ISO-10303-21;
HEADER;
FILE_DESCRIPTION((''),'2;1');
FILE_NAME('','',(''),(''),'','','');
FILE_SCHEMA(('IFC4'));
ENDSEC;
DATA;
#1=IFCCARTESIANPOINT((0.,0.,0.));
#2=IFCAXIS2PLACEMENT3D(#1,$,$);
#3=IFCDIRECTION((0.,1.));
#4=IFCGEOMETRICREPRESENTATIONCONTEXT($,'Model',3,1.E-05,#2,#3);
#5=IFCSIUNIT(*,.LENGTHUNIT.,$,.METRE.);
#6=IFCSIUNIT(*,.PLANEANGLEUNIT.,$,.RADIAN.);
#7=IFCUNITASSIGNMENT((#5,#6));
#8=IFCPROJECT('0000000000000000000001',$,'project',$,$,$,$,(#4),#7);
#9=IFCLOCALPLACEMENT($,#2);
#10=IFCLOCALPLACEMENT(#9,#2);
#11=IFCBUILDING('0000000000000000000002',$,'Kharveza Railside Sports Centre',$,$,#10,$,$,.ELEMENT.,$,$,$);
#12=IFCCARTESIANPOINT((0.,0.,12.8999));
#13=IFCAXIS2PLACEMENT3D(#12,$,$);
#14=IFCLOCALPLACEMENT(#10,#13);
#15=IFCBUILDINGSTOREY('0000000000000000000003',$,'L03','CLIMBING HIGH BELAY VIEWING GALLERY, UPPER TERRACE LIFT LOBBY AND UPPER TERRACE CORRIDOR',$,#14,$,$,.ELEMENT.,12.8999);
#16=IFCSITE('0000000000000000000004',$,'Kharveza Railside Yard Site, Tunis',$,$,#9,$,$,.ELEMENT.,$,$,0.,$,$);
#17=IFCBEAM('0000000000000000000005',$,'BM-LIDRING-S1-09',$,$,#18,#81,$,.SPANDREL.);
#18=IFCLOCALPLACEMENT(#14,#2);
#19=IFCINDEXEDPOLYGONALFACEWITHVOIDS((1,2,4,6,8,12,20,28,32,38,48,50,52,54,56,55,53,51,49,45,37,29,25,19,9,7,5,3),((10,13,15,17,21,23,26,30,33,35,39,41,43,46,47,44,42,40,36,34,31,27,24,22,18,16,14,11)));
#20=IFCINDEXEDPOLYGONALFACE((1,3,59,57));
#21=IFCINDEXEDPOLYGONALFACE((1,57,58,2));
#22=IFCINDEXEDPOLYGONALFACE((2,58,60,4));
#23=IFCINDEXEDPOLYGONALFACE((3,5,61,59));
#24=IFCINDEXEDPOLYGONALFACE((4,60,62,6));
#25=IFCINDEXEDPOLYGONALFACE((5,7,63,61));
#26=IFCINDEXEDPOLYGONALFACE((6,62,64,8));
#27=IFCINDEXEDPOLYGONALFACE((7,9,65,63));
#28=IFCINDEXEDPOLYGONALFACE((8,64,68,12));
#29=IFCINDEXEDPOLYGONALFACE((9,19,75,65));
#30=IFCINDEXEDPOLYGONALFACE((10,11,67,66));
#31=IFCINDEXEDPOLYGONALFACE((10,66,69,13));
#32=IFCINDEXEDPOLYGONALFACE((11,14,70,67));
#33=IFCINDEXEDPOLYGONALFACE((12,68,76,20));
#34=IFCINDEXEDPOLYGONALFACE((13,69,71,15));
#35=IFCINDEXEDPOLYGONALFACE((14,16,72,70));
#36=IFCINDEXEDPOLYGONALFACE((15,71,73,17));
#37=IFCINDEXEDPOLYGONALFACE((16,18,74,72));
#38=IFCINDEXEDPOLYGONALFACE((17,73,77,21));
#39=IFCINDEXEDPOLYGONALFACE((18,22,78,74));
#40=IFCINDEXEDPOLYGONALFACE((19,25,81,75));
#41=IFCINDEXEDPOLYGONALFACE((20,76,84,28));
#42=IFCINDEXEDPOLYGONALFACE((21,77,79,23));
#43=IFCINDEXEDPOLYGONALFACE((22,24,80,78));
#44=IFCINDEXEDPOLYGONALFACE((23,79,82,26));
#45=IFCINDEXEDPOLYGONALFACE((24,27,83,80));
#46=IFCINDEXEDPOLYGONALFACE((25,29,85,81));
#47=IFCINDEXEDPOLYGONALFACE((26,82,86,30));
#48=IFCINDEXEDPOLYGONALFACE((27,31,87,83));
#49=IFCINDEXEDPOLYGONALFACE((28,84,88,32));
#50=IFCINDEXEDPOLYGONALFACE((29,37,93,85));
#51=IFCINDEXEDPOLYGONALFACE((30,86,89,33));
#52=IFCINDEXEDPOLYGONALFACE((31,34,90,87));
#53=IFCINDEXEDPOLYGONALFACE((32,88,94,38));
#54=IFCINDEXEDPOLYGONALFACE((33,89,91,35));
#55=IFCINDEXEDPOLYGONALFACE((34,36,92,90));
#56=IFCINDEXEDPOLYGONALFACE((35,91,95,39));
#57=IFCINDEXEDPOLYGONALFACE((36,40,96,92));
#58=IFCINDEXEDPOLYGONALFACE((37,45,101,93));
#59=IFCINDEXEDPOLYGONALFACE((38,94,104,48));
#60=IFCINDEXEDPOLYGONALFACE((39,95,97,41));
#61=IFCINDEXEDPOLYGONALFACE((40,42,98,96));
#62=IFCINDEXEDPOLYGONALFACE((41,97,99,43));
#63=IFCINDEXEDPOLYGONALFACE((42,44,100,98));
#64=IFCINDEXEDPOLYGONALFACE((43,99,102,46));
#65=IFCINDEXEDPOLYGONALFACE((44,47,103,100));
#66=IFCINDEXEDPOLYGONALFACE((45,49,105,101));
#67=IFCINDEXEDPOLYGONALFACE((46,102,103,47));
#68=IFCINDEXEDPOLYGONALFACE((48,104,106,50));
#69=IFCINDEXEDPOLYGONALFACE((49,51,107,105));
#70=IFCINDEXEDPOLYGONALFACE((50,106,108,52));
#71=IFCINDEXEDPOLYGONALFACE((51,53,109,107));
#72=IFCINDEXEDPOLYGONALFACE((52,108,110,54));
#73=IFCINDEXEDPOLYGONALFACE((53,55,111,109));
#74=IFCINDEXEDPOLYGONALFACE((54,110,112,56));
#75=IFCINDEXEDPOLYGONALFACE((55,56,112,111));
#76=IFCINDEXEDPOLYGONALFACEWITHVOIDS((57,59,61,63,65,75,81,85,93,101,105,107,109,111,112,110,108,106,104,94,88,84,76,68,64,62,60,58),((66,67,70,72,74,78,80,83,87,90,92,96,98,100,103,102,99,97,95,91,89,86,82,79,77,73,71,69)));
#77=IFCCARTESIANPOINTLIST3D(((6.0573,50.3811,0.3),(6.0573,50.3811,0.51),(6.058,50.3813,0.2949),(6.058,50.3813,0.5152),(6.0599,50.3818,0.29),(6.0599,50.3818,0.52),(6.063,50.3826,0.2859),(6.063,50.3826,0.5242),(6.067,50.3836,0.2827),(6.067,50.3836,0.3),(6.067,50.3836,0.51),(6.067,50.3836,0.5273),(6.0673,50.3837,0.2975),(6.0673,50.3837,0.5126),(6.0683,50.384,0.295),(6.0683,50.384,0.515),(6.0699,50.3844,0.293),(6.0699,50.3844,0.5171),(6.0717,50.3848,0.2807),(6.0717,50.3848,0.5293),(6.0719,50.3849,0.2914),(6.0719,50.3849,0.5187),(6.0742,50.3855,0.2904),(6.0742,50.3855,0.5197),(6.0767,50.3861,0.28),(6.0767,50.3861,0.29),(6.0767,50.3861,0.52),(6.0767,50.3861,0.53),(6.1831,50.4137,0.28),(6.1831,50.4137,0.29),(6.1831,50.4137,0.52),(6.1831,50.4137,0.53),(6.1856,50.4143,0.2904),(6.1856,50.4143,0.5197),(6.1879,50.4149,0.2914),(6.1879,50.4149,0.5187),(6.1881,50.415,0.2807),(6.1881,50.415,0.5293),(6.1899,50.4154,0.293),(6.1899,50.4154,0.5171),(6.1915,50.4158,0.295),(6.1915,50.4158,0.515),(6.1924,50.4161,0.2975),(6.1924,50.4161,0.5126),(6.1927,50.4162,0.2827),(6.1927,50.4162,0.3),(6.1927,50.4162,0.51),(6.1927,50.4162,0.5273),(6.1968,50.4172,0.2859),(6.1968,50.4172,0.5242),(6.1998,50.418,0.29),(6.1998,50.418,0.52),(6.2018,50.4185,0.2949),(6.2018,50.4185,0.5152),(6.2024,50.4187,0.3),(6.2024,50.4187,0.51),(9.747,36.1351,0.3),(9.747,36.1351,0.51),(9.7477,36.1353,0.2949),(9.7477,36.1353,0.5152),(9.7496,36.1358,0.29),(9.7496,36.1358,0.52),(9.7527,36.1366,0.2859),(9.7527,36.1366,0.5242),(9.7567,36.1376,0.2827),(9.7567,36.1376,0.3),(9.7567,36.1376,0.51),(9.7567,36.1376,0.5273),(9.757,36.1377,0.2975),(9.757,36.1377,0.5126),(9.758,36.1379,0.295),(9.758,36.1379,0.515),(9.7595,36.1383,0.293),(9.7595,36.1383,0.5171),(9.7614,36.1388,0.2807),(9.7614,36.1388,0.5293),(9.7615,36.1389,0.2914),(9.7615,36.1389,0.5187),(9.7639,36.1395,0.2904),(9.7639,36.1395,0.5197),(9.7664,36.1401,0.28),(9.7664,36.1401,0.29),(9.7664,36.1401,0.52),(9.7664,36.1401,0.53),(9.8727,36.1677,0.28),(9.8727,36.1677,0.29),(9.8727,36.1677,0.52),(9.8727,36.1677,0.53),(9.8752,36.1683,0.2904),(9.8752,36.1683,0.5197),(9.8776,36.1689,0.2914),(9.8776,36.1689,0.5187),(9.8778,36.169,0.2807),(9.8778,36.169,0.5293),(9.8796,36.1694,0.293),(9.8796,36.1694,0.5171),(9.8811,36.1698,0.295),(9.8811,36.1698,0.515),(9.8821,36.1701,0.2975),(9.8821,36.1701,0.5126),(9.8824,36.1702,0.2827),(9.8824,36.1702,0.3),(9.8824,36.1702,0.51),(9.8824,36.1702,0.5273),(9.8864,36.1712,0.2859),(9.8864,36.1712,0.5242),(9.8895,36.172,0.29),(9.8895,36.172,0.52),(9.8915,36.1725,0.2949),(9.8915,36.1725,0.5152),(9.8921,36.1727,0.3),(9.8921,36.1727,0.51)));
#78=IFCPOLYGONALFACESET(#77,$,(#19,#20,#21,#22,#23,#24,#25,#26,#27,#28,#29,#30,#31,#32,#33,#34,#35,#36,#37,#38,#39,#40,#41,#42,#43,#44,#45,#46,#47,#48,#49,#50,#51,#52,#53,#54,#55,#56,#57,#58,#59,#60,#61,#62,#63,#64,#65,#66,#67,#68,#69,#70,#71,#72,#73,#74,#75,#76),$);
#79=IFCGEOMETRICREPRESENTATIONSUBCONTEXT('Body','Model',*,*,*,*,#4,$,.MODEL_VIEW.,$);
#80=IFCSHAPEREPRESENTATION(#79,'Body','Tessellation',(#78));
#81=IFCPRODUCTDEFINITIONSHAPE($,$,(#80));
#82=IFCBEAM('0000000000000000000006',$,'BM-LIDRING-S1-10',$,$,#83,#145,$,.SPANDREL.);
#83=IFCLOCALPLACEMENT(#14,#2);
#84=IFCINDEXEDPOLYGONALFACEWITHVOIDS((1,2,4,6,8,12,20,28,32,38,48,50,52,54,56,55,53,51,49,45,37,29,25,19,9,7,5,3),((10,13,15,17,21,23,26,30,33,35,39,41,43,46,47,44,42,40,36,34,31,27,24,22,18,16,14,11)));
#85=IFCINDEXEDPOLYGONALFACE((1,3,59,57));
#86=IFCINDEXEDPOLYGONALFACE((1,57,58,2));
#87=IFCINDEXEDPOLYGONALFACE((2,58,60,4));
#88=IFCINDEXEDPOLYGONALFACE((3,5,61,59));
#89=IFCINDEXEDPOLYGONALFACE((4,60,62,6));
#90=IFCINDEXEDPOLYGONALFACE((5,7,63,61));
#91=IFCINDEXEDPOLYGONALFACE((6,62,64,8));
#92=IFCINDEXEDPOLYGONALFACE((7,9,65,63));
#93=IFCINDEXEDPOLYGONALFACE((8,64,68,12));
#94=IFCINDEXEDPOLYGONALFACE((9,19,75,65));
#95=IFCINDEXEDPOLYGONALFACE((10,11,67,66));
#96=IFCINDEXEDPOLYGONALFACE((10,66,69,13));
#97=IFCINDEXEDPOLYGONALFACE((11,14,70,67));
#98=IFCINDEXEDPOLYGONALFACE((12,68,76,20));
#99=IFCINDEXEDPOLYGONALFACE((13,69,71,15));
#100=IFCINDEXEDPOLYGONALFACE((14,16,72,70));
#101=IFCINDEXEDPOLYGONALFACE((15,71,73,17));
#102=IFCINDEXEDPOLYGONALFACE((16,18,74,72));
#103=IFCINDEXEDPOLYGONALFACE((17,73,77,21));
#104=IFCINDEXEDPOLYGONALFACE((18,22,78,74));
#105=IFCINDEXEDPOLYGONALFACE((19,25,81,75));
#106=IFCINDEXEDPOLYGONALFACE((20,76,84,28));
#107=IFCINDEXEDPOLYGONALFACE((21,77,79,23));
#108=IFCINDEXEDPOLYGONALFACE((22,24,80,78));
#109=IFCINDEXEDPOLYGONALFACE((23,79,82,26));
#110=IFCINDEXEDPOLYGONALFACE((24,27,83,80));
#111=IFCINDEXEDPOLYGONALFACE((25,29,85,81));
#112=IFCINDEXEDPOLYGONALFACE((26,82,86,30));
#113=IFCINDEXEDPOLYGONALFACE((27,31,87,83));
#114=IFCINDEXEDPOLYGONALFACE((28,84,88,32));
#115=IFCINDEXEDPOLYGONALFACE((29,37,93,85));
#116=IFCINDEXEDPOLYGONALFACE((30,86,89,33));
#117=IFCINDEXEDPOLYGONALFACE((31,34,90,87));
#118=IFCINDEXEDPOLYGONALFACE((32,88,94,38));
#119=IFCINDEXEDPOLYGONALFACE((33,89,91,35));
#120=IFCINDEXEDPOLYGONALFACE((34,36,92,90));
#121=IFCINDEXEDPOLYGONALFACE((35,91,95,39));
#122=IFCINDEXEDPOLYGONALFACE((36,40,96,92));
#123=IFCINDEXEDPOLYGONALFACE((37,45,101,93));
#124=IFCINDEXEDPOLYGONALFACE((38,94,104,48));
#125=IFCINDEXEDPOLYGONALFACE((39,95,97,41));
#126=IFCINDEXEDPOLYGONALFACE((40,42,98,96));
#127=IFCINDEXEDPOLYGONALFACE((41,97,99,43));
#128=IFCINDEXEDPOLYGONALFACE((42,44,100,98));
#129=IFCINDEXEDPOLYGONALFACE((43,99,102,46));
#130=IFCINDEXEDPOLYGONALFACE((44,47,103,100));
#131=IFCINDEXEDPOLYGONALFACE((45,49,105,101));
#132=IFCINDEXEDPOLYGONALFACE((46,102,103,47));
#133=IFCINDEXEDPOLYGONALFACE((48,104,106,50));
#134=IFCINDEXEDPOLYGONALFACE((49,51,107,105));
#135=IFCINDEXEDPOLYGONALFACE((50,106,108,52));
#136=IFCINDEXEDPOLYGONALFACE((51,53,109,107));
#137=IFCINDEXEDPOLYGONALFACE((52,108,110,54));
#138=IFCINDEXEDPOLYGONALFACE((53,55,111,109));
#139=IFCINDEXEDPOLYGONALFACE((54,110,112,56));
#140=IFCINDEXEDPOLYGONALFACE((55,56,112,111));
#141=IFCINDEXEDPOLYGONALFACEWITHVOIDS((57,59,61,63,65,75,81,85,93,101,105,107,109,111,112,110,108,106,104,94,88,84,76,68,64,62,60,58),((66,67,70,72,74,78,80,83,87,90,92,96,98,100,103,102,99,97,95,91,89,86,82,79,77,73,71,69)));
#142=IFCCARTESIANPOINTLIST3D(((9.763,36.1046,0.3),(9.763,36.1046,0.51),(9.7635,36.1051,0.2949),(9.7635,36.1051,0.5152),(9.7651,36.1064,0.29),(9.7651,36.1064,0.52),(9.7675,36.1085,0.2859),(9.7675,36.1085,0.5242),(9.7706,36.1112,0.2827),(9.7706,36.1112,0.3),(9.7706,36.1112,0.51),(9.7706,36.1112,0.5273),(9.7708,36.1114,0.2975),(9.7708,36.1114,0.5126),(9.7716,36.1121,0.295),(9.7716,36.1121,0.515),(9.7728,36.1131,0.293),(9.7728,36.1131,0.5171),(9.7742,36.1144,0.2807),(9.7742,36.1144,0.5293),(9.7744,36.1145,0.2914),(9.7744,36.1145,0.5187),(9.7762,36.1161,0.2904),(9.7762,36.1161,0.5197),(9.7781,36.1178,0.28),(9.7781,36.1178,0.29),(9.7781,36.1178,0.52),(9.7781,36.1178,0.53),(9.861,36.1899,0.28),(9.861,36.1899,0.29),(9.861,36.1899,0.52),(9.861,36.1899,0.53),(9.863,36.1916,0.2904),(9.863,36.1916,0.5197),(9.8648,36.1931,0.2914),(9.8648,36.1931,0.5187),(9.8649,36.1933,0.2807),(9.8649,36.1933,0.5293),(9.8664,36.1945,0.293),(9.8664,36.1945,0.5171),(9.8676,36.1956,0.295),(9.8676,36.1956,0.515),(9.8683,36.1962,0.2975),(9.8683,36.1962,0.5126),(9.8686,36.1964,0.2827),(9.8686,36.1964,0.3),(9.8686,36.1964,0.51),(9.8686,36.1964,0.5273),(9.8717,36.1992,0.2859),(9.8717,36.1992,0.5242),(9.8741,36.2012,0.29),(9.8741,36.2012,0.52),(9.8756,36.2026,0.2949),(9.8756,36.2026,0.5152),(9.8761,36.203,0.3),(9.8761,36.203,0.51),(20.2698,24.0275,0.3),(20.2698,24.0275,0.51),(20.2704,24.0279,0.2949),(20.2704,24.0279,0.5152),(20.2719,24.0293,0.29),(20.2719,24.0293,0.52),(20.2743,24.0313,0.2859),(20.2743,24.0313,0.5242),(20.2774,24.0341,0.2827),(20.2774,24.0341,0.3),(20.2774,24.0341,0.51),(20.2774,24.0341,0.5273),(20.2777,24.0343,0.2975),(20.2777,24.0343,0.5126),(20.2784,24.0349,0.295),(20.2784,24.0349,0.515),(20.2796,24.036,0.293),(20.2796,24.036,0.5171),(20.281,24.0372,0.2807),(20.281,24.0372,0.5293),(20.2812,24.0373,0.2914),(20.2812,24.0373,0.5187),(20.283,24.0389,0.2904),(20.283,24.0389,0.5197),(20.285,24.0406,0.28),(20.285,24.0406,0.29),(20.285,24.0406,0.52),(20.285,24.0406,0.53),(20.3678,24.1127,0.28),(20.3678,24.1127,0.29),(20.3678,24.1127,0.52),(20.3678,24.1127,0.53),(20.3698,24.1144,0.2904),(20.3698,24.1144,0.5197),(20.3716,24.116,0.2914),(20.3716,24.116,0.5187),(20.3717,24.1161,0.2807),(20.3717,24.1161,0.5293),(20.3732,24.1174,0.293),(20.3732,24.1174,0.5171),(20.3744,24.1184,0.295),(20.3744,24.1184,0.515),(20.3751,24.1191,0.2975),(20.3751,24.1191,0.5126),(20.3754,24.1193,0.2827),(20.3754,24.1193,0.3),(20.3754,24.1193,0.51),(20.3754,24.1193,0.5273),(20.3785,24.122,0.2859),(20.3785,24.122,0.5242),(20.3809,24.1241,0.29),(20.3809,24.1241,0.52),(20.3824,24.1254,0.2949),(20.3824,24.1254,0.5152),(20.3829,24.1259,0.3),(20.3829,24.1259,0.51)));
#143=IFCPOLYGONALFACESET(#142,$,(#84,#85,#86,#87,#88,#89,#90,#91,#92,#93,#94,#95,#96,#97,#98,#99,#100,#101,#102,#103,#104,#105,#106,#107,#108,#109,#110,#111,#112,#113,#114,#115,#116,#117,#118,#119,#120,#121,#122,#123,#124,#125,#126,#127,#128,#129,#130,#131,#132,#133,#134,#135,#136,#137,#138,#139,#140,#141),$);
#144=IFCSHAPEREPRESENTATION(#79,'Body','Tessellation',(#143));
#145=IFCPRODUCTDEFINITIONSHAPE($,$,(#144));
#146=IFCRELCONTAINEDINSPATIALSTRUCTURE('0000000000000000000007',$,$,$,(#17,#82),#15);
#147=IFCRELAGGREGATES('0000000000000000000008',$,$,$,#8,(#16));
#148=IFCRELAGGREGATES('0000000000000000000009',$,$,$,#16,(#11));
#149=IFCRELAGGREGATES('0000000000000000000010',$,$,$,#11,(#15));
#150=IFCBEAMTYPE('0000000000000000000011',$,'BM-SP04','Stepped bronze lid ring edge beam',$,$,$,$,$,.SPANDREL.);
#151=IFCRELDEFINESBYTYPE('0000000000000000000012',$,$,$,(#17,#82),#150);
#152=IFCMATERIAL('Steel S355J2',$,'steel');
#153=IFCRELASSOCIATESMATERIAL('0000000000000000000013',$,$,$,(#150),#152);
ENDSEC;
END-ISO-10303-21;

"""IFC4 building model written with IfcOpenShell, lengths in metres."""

from ifc_helpers import new_model, si_unit, direction, frame, origin, origin_2d, place, context, subcontext, project, spatial, hollow_rectangle, extrude, material, material_profile, profile_set, type_object, element, save


model = new_model("IFC4")

# Units and contexts
model_context = context("Model", 3, precision=1e-05, world=origin(), true_north=direction((0.0, 1.0)))
body_context = subcontext(model_context, "Body", "Model", "MODEL_VIEW")
ifc_project = project(units=[si_unit("LENGTHUNIT", "METRE"), si_unit("PLANEANGLEUNIT", "RADIAN")], contexts=[model_context])

# Site, building, storey
site_placement = place(None, origin())
site = spatial("IfcSite", under=ifc_project, at=site_placement, Name="Kharveza Railside Yard Site, Tunis", CompositionType="ELEMENT", RefElevation=0.0)
building_placement = place(site_placement, origin())
building = spatial("IfcBuilding", under=site, at=building_placement, Name="Kharveza Railside Sports Centre", CompositionType="ELEMENT")
storey_placement = place(building_placement, frame((0.0, 0.0, 12.8999)))
storey = spatial("IfcBuildingStorey", under=building, at=storey_placement, Name="L03", Description="CLIMBING HIGH BELAY VIEWING GALLERY, UPPER TERRACE LIFT LOBBY AND UPPER TERRACE CORRIDOR", CompositionType="ELEMENT", Elevation=12.8999)

# Beams
ifc_material_1 = material(Name="Steel S355J2", Category="steel")
ifc_material_profile_1 = material_profile(ifc_material_1, hollow_rectangle(XDim=0.1499, YDim=0.25, WallThickness=0.01, InnerFilletRadius=0.01, OuterFilletRadius=0.02, at=origin_2d()), Name="RHS 150x250x10.0")
ifc_profile_set_1 = profile_set([ifc_material_profile_1], Name="Steel S355J2")
beam_type = type_object("IfcBeamType", Name="BM-SP04", Description="Stepped bronze lid ring edge beam", PredefinedType="SPANDREL", material=ifc_profile_set_1)
beam_1_placement = place(storey_placement, frame((6.1299, 50.3999, 0.405), z_axis=(0.250724, -0.968059, 0.0), x_axis=(0.968059, 0.250724, 0.0)))
element("IfcBeam", 1, at=beam_1_placement, inside=storey, type_object=beam_type, Name="BM-LIDRING-S1-09", PredefinedType="SPANDREL", context=body_context, shape_type="SweptSolid", body=[
    extrude(hollow_rectangle(XDim=0.1499, YDim=0.25, WallThickness=0.01, InnerFilletRadius=0.01, OuterFilletRadius=0.02, at=origin_2d()), origin(), (0.0, 0.0, 1.0), 14.7161),
])
beam_2_placement = place(storey_placement, frame((9.8196, 36.1538, 0.405), z_axis=(0.656355, -0.754452, 0.0), x_axis=(0.754452, 0.656355, 0.0)))
element("IfcBeam", 2, at=beam_2_placement, inside=storey, type_object=beam_type, Name="BM-LIDRING-S1-10", PredefinedType="SPANDREL", context=body_context, shape_type="SweptSolid", body=[
    extrude(hollow_rectangle(XDim=0.1499, YDim=0.25, WallThickness=0.01, InnerFilletRadius=0.01, OuterFilletRadius=0.02, at=origin_2d()), origin(), (0.0, 0.0, 1.0), 16.0078),
])

save(model, "model.ifc")
